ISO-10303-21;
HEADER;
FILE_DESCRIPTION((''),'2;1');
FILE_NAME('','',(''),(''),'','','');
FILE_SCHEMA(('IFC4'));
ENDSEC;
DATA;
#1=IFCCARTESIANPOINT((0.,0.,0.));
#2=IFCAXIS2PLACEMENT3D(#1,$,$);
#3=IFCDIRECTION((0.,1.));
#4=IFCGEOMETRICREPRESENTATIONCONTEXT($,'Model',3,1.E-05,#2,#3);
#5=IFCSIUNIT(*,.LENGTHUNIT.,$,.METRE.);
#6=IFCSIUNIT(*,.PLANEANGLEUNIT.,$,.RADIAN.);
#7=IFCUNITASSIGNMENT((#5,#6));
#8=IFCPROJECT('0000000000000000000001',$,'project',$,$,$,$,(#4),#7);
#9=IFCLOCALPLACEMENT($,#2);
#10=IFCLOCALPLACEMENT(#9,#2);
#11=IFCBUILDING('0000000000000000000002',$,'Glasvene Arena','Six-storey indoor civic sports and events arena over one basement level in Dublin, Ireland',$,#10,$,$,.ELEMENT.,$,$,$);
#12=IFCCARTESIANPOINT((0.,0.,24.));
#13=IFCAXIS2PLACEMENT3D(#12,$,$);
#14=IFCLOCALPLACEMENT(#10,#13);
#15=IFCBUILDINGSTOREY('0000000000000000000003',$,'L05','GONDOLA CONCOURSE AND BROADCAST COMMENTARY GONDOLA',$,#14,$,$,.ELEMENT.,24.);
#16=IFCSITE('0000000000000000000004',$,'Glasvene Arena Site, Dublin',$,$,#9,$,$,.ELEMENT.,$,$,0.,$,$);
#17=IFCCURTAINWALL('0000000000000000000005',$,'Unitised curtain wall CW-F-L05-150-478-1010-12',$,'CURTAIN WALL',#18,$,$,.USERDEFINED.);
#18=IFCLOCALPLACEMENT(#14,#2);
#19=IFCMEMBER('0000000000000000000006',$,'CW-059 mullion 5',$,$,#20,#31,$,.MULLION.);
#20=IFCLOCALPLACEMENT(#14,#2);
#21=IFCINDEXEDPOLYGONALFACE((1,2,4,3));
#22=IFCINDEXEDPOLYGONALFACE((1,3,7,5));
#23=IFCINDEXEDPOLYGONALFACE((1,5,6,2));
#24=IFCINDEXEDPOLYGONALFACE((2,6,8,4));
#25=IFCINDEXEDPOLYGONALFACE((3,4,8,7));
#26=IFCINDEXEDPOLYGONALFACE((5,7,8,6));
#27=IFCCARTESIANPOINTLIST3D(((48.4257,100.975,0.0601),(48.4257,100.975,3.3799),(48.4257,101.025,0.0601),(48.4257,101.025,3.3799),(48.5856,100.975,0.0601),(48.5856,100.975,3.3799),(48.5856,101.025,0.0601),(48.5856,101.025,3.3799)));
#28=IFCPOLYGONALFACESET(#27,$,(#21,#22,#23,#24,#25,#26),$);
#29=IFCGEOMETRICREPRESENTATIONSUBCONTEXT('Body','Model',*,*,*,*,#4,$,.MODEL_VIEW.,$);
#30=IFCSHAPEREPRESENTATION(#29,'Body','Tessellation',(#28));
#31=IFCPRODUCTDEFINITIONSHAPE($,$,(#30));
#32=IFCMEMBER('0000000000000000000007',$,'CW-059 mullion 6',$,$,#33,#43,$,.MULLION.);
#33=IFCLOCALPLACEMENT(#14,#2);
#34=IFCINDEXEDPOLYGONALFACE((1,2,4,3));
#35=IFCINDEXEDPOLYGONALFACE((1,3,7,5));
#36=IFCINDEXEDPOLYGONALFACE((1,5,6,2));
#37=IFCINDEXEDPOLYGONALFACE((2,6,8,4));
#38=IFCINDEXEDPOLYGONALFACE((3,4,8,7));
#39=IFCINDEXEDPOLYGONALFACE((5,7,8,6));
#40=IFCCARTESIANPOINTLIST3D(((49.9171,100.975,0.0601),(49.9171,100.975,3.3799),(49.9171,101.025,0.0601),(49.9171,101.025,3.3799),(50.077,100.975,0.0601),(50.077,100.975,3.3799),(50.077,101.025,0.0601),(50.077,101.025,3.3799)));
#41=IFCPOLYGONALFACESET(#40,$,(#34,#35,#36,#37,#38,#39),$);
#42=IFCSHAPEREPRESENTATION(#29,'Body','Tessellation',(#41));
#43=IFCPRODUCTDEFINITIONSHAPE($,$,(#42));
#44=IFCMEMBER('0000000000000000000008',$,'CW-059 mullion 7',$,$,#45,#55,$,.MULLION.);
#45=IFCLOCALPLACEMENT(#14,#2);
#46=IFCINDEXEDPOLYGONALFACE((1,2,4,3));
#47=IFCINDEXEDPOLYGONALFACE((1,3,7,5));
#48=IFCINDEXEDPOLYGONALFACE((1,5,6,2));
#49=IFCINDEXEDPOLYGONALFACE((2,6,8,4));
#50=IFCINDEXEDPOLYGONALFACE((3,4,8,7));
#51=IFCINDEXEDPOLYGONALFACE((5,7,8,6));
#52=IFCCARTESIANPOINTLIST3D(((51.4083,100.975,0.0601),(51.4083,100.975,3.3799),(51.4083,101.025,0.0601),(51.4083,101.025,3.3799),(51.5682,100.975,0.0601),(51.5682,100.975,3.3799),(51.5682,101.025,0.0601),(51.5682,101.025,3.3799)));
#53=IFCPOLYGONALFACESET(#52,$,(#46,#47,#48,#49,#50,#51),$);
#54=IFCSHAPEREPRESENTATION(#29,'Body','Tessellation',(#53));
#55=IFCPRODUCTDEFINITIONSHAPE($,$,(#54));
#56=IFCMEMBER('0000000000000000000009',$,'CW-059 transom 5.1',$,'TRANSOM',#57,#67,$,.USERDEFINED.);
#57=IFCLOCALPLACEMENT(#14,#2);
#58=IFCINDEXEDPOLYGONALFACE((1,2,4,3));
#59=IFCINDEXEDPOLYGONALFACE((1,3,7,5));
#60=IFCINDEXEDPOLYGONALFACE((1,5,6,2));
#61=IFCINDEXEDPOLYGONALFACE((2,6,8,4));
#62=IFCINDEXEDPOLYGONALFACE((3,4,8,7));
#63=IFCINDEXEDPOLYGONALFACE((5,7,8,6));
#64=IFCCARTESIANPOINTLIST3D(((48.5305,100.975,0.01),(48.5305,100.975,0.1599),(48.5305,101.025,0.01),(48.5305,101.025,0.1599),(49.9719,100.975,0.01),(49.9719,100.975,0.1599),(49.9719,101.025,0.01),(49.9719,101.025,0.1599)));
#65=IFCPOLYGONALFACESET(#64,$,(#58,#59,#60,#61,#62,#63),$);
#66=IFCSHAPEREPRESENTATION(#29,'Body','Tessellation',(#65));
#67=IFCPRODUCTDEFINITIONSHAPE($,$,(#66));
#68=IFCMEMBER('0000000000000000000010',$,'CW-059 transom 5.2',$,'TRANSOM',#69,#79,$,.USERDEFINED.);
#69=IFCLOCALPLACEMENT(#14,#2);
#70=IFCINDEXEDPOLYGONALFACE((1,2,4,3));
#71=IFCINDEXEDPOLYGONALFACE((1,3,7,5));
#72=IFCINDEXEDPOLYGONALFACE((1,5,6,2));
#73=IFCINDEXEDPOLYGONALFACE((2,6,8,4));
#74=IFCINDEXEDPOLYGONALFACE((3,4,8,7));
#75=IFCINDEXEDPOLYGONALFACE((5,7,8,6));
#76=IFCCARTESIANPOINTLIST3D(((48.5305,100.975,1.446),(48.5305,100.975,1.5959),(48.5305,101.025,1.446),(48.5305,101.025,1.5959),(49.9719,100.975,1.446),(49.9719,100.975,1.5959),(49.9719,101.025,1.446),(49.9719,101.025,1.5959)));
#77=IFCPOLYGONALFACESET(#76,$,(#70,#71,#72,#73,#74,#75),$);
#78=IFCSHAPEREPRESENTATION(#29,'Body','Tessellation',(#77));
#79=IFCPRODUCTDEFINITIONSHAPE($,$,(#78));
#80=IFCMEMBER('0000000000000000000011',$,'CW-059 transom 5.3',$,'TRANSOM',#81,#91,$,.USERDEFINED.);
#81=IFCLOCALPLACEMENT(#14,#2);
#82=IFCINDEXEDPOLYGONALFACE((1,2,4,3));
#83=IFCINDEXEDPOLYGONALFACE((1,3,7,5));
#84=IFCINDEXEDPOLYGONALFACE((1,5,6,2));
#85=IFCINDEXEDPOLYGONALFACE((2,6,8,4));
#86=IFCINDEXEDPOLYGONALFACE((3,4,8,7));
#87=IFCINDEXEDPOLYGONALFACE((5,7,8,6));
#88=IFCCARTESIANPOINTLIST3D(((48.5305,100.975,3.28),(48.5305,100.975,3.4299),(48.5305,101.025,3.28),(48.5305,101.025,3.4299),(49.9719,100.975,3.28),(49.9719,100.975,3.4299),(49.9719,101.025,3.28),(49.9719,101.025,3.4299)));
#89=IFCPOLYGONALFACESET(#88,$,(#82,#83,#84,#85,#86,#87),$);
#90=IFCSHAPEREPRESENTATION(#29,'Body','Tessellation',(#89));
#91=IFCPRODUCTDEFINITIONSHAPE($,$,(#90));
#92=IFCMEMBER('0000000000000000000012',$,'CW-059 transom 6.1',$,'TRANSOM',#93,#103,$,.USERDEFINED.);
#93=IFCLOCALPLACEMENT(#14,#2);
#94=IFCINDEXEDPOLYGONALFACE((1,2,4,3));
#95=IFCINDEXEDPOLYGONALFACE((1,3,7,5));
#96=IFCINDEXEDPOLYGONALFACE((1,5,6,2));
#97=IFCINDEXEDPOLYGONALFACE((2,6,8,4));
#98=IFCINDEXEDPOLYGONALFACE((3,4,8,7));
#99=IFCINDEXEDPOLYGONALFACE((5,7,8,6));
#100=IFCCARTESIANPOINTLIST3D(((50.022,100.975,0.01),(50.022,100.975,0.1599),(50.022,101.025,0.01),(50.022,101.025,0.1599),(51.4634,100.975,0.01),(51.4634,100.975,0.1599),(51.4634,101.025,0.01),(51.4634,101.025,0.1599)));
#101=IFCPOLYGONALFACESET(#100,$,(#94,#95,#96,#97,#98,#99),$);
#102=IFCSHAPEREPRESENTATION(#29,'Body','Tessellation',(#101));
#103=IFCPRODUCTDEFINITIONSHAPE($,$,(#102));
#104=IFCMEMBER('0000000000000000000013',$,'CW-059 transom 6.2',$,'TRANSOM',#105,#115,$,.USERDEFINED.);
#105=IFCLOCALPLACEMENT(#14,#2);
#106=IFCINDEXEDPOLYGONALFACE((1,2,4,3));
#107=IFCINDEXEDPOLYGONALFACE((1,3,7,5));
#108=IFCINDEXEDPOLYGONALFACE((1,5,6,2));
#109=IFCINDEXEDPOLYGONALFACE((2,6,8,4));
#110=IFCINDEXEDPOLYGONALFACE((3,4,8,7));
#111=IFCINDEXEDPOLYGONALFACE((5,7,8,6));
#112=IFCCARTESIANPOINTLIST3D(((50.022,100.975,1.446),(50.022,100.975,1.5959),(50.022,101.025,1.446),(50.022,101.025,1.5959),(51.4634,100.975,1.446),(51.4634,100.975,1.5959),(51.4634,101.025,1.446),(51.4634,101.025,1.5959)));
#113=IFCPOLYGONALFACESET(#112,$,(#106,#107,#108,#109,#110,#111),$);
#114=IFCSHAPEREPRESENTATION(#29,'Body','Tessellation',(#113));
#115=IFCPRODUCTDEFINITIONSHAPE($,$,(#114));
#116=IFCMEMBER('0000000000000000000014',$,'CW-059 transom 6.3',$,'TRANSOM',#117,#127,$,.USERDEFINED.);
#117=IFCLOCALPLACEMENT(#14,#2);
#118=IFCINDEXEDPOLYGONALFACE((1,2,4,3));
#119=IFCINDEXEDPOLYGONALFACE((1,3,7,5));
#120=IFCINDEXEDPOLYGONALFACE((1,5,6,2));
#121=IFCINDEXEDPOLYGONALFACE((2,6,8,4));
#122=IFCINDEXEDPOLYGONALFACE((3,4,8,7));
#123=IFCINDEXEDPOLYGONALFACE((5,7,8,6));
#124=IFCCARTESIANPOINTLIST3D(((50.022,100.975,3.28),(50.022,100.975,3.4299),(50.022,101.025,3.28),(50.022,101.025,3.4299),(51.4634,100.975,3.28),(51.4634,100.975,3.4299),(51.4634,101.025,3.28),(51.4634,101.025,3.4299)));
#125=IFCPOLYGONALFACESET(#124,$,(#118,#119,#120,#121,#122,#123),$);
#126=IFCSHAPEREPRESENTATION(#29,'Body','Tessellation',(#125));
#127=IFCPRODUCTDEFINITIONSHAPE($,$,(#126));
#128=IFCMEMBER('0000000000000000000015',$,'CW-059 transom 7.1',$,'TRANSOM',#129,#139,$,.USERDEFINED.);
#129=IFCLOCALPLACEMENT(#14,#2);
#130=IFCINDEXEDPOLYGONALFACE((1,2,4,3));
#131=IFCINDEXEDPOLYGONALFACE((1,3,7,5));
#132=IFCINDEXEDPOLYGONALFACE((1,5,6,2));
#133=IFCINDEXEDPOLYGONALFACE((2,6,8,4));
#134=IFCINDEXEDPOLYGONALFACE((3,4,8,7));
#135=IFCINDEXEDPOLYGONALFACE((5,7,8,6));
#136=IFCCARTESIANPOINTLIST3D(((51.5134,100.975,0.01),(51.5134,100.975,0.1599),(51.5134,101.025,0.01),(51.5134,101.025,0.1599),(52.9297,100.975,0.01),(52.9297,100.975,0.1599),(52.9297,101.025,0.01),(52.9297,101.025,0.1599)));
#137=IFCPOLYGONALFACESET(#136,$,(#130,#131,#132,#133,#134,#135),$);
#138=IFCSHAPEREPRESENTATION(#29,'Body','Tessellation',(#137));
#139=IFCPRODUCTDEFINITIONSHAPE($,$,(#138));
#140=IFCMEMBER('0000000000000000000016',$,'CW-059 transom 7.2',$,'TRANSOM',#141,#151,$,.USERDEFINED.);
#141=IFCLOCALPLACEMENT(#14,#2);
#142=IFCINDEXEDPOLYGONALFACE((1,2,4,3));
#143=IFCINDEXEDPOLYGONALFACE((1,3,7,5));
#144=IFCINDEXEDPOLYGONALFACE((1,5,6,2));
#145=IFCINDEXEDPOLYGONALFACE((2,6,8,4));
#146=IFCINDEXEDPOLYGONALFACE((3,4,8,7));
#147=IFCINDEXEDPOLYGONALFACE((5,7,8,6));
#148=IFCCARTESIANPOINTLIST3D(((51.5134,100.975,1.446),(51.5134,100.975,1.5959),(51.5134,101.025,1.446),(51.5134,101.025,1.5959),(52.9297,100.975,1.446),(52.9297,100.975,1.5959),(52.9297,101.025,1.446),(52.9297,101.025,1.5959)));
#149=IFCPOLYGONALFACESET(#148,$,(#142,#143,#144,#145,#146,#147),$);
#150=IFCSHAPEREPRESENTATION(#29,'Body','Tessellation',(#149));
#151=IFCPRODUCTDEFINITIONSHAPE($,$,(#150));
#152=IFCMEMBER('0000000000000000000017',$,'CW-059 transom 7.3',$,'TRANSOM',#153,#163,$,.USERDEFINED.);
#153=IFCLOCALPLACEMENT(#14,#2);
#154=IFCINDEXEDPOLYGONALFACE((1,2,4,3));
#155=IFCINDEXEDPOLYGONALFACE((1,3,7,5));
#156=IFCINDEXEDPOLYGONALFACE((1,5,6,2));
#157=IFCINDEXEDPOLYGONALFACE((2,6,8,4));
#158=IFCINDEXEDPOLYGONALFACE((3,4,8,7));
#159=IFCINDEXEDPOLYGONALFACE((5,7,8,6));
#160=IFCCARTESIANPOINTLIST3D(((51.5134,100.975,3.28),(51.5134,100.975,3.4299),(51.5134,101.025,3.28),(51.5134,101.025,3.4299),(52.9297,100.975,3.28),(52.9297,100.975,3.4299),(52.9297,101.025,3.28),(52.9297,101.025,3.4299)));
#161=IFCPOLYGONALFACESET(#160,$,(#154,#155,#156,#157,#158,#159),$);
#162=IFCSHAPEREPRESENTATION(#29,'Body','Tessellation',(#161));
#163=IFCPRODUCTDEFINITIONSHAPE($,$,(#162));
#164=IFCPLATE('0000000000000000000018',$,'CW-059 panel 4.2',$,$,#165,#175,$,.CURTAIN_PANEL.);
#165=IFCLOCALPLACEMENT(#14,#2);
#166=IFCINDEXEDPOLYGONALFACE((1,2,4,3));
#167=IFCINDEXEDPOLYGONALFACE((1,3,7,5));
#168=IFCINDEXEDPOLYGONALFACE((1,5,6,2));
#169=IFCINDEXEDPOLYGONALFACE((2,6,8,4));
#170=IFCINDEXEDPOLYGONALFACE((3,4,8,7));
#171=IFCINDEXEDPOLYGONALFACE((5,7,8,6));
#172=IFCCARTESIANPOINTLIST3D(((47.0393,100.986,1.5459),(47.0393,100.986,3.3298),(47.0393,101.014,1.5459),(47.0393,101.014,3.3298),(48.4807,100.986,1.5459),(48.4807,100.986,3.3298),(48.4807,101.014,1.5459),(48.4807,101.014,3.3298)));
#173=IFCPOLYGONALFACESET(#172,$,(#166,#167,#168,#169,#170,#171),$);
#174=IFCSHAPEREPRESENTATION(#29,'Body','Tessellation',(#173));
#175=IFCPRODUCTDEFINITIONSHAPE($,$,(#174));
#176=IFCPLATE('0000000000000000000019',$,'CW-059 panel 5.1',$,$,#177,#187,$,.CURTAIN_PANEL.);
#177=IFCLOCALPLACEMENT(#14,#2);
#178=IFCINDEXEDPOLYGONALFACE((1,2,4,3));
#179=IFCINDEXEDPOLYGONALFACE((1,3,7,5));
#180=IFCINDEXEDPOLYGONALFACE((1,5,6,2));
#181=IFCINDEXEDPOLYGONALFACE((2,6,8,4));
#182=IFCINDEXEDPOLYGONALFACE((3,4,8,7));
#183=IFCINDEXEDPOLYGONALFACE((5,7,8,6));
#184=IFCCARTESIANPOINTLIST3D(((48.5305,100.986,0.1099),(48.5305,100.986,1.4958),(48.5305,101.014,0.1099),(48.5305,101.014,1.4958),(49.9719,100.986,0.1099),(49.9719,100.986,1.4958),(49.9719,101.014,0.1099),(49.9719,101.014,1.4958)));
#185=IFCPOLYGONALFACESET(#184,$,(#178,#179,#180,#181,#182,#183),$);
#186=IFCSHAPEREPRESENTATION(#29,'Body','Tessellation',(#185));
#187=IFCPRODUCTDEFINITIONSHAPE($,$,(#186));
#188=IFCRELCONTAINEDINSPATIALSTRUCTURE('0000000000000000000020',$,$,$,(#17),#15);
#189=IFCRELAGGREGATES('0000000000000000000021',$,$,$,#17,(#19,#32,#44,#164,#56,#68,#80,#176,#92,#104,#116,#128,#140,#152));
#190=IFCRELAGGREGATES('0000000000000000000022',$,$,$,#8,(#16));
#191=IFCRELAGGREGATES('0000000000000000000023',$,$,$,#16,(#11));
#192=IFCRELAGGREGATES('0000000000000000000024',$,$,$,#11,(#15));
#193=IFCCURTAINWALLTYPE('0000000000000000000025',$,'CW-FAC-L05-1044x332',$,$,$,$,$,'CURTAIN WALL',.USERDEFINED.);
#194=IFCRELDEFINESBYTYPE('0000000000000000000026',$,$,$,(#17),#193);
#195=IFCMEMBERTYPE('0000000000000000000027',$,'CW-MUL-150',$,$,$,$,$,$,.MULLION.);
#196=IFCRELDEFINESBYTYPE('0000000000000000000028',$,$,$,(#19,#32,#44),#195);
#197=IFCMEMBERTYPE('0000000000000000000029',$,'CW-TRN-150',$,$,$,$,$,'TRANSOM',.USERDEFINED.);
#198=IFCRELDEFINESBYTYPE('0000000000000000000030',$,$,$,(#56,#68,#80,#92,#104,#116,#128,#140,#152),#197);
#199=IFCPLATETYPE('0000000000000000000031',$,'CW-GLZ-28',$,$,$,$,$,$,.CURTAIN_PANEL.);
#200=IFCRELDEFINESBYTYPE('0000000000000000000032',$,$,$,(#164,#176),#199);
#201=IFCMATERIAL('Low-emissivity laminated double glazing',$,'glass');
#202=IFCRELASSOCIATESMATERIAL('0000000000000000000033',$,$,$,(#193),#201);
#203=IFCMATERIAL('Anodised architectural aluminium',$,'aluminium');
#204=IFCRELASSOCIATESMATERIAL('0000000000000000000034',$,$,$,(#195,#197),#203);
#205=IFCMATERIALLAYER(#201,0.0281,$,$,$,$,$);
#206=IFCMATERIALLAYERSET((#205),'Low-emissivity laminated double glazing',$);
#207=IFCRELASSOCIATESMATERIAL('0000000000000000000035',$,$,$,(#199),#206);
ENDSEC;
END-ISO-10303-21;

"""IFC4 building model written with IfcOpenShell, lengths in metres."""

from ifc_helpers import new_model, si_unit, direction, frame, origin, origin_2d, place, context, subcontext, project, spatial, rectangle, extrude, material, layer, layer_set, material_profile, profile_set, type_object, element, aggregate, save


model = new_model("IFC4")

# Units and contexts
model_context = context("Model", 3, precision=1e-05, world=origin(), true_north=direction((0.0, 1.0)))
body_context = subcontext(model_context, "Body", "Model", "MODEL_VIEW")
ifc_project = project(units=[si_unit("LENGTHUNIT", "METRE"), si_unit("PLANEANGLEUNIT", "RADIAN")], contexts=[model_context])

# Site, building, storey
site_placement = place(None, origin())
site = spatial("IfcSite", under=ifc_project, at=site_placement, Name="Glasvene Arena Site, Dublin", CompositionType="ELEMENT", RefElevation=0.0)
building_placement = place(site_placement, origin())
building = spatial("IfcBuilding", under=site, at=building_placement, Name="Glasvene Arena", Description="Six-storey indoor civic sports and events arena over one basement level in Dublin, Ireland", CompositionType="ELEMENT")
storey_placement = place(building_placement, frame((0.0, 0.0, 24.0)))
storey = spatial("IfcBuildingStorey", under=building, at=storey_placement, Name="L05", Description="GONDOLA CONCOURSE AND BROADCAST COMMENTARY GONDOLA", CompositionType="ELEMENT", Elevation=24.0)

# Curtain wall, members, plates
ifc_material_1 = material(Name="Low-emissivity laminated double glazing", Category="glass")
curtain_wall_type = type_object("IfcCurtainWallType", Name="CW-FAC-L05-1044x332", ElementType="CURTAIN WALL", PredefinedType="USERDEFINED", material=ifc_material_1)
curtain_wall_placement = place(storey_placement, frame((42.54, 101.0, 0.0)))
curtain_wall = element("IfcCurtainWall", 1, at=curtain_wall_placement, inside=storey, type_object=curtain_wall_type, Name="Unitised curtain wall CW-F-L05-150-478-1010-12", ObjectType="CURTAIN WALL", PredefinedType="USERDEFINED")
ifc_material_2 = material(Name="Anodised architectural aluminium", Category="aluminium")
ifc_material_profile_1 = material_profile(ifc_material_2, rectangle(XDim=0.05, YDim=0.1599, at=origin_2d()), Name="ALU MULLION 50x160")
ifc_profile_set_1 = profile_set([ifc_material_profile_1], Name="Anodised architectural aluminium")
member_type_1 = type_object("IfcMemberType", Name="CW-MUL-150", PredefinedType="MULLION", material=ifc_profile_set_1)
member_1_placement = place(storey_placement, frame((48.5056, 101.0, 0.0601), z_axis=(0.0, 0.0, 1.0), x_axis=(0.0, 1.0, 0.0)))
member_1 = element("IfcMember", 2, at=member_1_placement, type_object=member_type_1, Name="CW-059 mullion 5", PredefinedType="MULLION", context=body_context, shape_type="SweptSolid", body=[
    extrude(rectangle(XDim=0.05, YDim=0.1599, at=origin_2d()), origin(), (0.0, 0.0, 1.0), 3.3198),
])
member_2_placement = place(storey_placement, frame((49.9971, 101.0, 0.0601), z_axis=(0.0, 0.0, 1.0), x_axis=(0.0, 1.0, 0.0)))
member_2 = element("IfcMember", 3, at=member_2_placement, type_object=member_type_1, Name="CW-059 mullion 6", PredefinedType="MULLION", context=body_context, shape_type="SweptSolid", body=[
    extrude(rectangle(XDim=0.05, YDim=0.1599, at=origin_2d()), origin(), (0.0, 0.0, 1.0), 3.3198),
])
member_3_placement = place(storey_placement, frame((51.4883, 101.0, 0.0601), z_axis=(0.0, 0.0, 1.0), x_axis=(0.0, 1.0, 0.0)))
member_3 = element("IfcMember", 4, at=member_3_placement, type_object=member_type_1, Name="CW-059 mullion 7", PredefinedType="MULLION", context=body_context, shape_type="SweptSolid", body=[
    extrude(rectangle(XDim=0.05, YDim=0.1599, at=origin_2d()), origin(), (0.0, 0.0, 1.0), 3.3198),
])
ifc_material_profile_2 = material_profile(ifc_material_2, rectangle(XDim=0.05, YDim=0.1499, at=origin_2d()), Name="ALU TRANSOM 50x150")
ifc_profile_set_2 = profile_set([ifc_material_profile_2], Name="Anodised architectural aluminium")
member_type_2 = type_object("IfcMemberType", Name="CW-TRN-150", ElementType="TRANSOM", PredefinedType="USERDEFINED", material=ifc_profile_set_2)
member_4_placement = place(storey_placement, frame((48.5305, 101.0, 0.085), z_axis=(1.0, 0.0, 0.0), x_axis=(0.0, 1.0, 0.0)))
member_4 = element("IfcMember", 5, at=member_4_placement, type_object=member_type_2, Name="CW-059 transom 5.1", ObjectType="TRANSOM", PredefinedType="USERDEFINED", context=body_context, shape_type="SweptSolid", body=[
    extrude(rectangle(XDim=0.05, YDim=0.1499, at=origin_2d()), origin(), (0.0, 0.0, 1.0), 1.4414),
])
member_5_placement = place(storey_placement, frame((48.5305, 101.0, 1.521), z_axis=(1.0, 0.0, 0.0), x_axis=(0.0, 1.0, 0.0)))
member_5 = element("IfcMember", 6, at=member_5_placement, type_object=member_type_2, Name="CW-059 transom 5.2", ObjectType="TRANSOM", PredefinedType="USERDEFINED", context=body_context, shape_type="SweptSolid", body=[
    extrude(rectangle(XDim=0.05, YDim=0.1499, at=origin_2d()), origin(), (0.0, 0.0, 1.0), 1.4414),
])
member_6_placement = place(storey_placement, frame((48.5305, 101.0, 3.355), z_axis=(1.0, 0.0, 0.0), x_axis=(0.0, 1.0, 0.0)))
member_6 = element("IfcMember", 7, at=member_6_placement, type_object=member_type_2, Name="CW-059 transom 5.3", ObjectType="TRANSOM", PredefinedType="USERDEFINED", context=body_context, shape_type="SweptSolid", body=[
    extrude(rectangle(XDim=0.05, YDim=0.1499, at=origin_2d()), origin(), (0.0, 0.0, 1.0), 1.4414),
])
member_7_placement = place(storey_placement, frame((50.022, 101.0, 0.085), z_axis=(1.0, 0.0, 0.0), x_axis=(0.0, 1.0, 0.0)))
member_7 = element("IfcMember", 8, at=member_7_placement, type_object=member_type_2, Name="CW-059 transom 6.1", ObjectType="TRANSOM", PredefinedType="USERDEFINED", context=body_context, shape_type="SweptSolid", body=[
    extrude(rectangle(XDim=0.05, YDim=0.1499, at=origin_2d()), origin(), (0.0, 0.0, 1.0), 1.4414),
])
member_8_placement = place(storey_placement, frame((50.022, 101.0, 1.521), z_axis=(1.0, 0.0, 0.0), x_axis=(0.0, 1.0, 0.0)))
member_8 = element("IfcMember", 9, at=member_8_placement, type_object=member_type_2, Name="CW-059 transom 6.2", ObjectType="TRANSOM", PredefinedType="USERDEFINED", context=body_context, shape_type="SweptSolid", body=[
    extrude(rectangle(XDim=0.05, YDim=0.1499, at=origin_2d()), origin(), (0.0, 0.0, 1.0), 1.4414),
])
member_9_placement = place(storey_placement, frame((50.022, 101.0, 3.355), z_axis=(1.0, 0.0, 0.0), x_axis=(0.0, 1.0, 0.0)))
member_9 = element("IfcMember", 10, at=member_9_placement, type_object=member_type_2, Name="CW-059 transom 6.3", ObjectType="TRANSOM", PredefinedType="USERDEFINED", context=body_context, shape_type="SweptSolid", body=[
    extrude(rectangle(XDim=0.05, YDim=0.1499, at=origin_2d()), origin(), (0.0, 0.0, 1.0), 1.4414),
])
member_10_placement = place(storey_placement, frame((51.5134, 101.0, 0.085), z_axis=(1.0, 0.0, 0.0), x_axis=(0.0, 1.0, 0.0)))
member_10 = element("IfcMember", 11, at=member_10_placement, type_object=member_type_2, Name="CW-059 transom 7.1", ObjectType="TRANSOM", PredefinedType="USERDEFINED", context=body_context, shape_type="SweptSolid", body=[
    extrude(rectangle(XDim=0.05, YDim=0.1499, at=origin_2d()), origin(), (0.0, 0.0, 1.0), 1.4163),
])
member_11_placement = place(storey_placement, frame((51.5134, 101.0, 1.521), z_axis=(1.0, 0.0, 0.0), x_axis=(0.0, 1.0, 0.0)))
member_11 = element("IfcMember", 12, at=member_11_placement, type_object=member_type_2, Name="CW-059 transom 7.2", ObjectType="TRANSOM", PredefinedType="USERDEFINED", context=body_context, shape_type="SweptSolid", body=[
    extrude(rectangle(XDim=0.05, YDim=0.1499, at=origin_2d()), origin(), (0.0, 0.0, 1.0), 1.4163),
])
member_12_placement = place(storey_placement, frame((51.5134, 101.0, 3.355), z_axis=(1.0, 0.0, 0.0), x_axis=(0.0, 1.0, 0.0)))
member_12 = element("IfcMember", 13, at=member_12_placement, type_object=member_type_2, Name="CW-059 transom 7.3", ObjectType="TRANSOM", PredefinedType="USERDEFINED", context=body_context, shape_type="SweptSolid", body=[
    extrude(rectangle(XDim=0.05, YDim=0.1499, at=origin_2d()), origin(), (0.0, 0.0, 1.0), 1.4163),
])
ifc_layer = layer(ifc_material_1, 0.0281)
ifc_layer_set = layer_set([ifc_layer], Name="Low-emissivity laminated double glazing")
plate_type = type_object("IfcPlateType", Name="CW-GLZ-28", PredefinedType="CURTAIN_PANEL", material=ifc_layer_set)
plate_1_placement = place(storey_placement, frame((47.76, 101.0, 1.5459), z_axis=(0.0, 0.0, 1.0), x_axis=(1.0, 0.0, 0.0)))
plate_1 = element("IfcPlate", 14, at=plate_1_placement, type_object=plate_type, Name="CW-059 panel 4.2", PredefinedType="CURTAIN_PANEL", context=body_context, shape_type="SweptSolid", body=[
    extrude(rectangle(XDim=1.4414, YDim=0.0281, at=origin_2d()), origin(), (0.0, 0.0, 1.0), 1.7839),
])
plate_2_placement = place(storey_placement, frame((49.2512, 101.0, 0.1099), z_axis=(0.0, 0.0, 1.0), x_axis=(1.0, 0.0, 0.0)))
plate_2 = element("IfcPlate", 15, at=plate_2_placement, type_object=plate_type, Name="CW-059 panel 5.1", PredefinedType="CURTAIN_PANEL", context=body_context, shape_type="SweptSolid", body=[
    extrude(rectangle(XDim=1.4414, YDim=0.0281, at=origin_2d()), origin(), (0.0, 0.0, 1.0), 1.386),
])
aggregate(curtain_wall, [member_1, member_2, member_3, plate_1, member_4, member_5, member_6, plate_2, member_7, member_8, member_9, member_10, member_11, member_12])

save(model, "model.ifc")
